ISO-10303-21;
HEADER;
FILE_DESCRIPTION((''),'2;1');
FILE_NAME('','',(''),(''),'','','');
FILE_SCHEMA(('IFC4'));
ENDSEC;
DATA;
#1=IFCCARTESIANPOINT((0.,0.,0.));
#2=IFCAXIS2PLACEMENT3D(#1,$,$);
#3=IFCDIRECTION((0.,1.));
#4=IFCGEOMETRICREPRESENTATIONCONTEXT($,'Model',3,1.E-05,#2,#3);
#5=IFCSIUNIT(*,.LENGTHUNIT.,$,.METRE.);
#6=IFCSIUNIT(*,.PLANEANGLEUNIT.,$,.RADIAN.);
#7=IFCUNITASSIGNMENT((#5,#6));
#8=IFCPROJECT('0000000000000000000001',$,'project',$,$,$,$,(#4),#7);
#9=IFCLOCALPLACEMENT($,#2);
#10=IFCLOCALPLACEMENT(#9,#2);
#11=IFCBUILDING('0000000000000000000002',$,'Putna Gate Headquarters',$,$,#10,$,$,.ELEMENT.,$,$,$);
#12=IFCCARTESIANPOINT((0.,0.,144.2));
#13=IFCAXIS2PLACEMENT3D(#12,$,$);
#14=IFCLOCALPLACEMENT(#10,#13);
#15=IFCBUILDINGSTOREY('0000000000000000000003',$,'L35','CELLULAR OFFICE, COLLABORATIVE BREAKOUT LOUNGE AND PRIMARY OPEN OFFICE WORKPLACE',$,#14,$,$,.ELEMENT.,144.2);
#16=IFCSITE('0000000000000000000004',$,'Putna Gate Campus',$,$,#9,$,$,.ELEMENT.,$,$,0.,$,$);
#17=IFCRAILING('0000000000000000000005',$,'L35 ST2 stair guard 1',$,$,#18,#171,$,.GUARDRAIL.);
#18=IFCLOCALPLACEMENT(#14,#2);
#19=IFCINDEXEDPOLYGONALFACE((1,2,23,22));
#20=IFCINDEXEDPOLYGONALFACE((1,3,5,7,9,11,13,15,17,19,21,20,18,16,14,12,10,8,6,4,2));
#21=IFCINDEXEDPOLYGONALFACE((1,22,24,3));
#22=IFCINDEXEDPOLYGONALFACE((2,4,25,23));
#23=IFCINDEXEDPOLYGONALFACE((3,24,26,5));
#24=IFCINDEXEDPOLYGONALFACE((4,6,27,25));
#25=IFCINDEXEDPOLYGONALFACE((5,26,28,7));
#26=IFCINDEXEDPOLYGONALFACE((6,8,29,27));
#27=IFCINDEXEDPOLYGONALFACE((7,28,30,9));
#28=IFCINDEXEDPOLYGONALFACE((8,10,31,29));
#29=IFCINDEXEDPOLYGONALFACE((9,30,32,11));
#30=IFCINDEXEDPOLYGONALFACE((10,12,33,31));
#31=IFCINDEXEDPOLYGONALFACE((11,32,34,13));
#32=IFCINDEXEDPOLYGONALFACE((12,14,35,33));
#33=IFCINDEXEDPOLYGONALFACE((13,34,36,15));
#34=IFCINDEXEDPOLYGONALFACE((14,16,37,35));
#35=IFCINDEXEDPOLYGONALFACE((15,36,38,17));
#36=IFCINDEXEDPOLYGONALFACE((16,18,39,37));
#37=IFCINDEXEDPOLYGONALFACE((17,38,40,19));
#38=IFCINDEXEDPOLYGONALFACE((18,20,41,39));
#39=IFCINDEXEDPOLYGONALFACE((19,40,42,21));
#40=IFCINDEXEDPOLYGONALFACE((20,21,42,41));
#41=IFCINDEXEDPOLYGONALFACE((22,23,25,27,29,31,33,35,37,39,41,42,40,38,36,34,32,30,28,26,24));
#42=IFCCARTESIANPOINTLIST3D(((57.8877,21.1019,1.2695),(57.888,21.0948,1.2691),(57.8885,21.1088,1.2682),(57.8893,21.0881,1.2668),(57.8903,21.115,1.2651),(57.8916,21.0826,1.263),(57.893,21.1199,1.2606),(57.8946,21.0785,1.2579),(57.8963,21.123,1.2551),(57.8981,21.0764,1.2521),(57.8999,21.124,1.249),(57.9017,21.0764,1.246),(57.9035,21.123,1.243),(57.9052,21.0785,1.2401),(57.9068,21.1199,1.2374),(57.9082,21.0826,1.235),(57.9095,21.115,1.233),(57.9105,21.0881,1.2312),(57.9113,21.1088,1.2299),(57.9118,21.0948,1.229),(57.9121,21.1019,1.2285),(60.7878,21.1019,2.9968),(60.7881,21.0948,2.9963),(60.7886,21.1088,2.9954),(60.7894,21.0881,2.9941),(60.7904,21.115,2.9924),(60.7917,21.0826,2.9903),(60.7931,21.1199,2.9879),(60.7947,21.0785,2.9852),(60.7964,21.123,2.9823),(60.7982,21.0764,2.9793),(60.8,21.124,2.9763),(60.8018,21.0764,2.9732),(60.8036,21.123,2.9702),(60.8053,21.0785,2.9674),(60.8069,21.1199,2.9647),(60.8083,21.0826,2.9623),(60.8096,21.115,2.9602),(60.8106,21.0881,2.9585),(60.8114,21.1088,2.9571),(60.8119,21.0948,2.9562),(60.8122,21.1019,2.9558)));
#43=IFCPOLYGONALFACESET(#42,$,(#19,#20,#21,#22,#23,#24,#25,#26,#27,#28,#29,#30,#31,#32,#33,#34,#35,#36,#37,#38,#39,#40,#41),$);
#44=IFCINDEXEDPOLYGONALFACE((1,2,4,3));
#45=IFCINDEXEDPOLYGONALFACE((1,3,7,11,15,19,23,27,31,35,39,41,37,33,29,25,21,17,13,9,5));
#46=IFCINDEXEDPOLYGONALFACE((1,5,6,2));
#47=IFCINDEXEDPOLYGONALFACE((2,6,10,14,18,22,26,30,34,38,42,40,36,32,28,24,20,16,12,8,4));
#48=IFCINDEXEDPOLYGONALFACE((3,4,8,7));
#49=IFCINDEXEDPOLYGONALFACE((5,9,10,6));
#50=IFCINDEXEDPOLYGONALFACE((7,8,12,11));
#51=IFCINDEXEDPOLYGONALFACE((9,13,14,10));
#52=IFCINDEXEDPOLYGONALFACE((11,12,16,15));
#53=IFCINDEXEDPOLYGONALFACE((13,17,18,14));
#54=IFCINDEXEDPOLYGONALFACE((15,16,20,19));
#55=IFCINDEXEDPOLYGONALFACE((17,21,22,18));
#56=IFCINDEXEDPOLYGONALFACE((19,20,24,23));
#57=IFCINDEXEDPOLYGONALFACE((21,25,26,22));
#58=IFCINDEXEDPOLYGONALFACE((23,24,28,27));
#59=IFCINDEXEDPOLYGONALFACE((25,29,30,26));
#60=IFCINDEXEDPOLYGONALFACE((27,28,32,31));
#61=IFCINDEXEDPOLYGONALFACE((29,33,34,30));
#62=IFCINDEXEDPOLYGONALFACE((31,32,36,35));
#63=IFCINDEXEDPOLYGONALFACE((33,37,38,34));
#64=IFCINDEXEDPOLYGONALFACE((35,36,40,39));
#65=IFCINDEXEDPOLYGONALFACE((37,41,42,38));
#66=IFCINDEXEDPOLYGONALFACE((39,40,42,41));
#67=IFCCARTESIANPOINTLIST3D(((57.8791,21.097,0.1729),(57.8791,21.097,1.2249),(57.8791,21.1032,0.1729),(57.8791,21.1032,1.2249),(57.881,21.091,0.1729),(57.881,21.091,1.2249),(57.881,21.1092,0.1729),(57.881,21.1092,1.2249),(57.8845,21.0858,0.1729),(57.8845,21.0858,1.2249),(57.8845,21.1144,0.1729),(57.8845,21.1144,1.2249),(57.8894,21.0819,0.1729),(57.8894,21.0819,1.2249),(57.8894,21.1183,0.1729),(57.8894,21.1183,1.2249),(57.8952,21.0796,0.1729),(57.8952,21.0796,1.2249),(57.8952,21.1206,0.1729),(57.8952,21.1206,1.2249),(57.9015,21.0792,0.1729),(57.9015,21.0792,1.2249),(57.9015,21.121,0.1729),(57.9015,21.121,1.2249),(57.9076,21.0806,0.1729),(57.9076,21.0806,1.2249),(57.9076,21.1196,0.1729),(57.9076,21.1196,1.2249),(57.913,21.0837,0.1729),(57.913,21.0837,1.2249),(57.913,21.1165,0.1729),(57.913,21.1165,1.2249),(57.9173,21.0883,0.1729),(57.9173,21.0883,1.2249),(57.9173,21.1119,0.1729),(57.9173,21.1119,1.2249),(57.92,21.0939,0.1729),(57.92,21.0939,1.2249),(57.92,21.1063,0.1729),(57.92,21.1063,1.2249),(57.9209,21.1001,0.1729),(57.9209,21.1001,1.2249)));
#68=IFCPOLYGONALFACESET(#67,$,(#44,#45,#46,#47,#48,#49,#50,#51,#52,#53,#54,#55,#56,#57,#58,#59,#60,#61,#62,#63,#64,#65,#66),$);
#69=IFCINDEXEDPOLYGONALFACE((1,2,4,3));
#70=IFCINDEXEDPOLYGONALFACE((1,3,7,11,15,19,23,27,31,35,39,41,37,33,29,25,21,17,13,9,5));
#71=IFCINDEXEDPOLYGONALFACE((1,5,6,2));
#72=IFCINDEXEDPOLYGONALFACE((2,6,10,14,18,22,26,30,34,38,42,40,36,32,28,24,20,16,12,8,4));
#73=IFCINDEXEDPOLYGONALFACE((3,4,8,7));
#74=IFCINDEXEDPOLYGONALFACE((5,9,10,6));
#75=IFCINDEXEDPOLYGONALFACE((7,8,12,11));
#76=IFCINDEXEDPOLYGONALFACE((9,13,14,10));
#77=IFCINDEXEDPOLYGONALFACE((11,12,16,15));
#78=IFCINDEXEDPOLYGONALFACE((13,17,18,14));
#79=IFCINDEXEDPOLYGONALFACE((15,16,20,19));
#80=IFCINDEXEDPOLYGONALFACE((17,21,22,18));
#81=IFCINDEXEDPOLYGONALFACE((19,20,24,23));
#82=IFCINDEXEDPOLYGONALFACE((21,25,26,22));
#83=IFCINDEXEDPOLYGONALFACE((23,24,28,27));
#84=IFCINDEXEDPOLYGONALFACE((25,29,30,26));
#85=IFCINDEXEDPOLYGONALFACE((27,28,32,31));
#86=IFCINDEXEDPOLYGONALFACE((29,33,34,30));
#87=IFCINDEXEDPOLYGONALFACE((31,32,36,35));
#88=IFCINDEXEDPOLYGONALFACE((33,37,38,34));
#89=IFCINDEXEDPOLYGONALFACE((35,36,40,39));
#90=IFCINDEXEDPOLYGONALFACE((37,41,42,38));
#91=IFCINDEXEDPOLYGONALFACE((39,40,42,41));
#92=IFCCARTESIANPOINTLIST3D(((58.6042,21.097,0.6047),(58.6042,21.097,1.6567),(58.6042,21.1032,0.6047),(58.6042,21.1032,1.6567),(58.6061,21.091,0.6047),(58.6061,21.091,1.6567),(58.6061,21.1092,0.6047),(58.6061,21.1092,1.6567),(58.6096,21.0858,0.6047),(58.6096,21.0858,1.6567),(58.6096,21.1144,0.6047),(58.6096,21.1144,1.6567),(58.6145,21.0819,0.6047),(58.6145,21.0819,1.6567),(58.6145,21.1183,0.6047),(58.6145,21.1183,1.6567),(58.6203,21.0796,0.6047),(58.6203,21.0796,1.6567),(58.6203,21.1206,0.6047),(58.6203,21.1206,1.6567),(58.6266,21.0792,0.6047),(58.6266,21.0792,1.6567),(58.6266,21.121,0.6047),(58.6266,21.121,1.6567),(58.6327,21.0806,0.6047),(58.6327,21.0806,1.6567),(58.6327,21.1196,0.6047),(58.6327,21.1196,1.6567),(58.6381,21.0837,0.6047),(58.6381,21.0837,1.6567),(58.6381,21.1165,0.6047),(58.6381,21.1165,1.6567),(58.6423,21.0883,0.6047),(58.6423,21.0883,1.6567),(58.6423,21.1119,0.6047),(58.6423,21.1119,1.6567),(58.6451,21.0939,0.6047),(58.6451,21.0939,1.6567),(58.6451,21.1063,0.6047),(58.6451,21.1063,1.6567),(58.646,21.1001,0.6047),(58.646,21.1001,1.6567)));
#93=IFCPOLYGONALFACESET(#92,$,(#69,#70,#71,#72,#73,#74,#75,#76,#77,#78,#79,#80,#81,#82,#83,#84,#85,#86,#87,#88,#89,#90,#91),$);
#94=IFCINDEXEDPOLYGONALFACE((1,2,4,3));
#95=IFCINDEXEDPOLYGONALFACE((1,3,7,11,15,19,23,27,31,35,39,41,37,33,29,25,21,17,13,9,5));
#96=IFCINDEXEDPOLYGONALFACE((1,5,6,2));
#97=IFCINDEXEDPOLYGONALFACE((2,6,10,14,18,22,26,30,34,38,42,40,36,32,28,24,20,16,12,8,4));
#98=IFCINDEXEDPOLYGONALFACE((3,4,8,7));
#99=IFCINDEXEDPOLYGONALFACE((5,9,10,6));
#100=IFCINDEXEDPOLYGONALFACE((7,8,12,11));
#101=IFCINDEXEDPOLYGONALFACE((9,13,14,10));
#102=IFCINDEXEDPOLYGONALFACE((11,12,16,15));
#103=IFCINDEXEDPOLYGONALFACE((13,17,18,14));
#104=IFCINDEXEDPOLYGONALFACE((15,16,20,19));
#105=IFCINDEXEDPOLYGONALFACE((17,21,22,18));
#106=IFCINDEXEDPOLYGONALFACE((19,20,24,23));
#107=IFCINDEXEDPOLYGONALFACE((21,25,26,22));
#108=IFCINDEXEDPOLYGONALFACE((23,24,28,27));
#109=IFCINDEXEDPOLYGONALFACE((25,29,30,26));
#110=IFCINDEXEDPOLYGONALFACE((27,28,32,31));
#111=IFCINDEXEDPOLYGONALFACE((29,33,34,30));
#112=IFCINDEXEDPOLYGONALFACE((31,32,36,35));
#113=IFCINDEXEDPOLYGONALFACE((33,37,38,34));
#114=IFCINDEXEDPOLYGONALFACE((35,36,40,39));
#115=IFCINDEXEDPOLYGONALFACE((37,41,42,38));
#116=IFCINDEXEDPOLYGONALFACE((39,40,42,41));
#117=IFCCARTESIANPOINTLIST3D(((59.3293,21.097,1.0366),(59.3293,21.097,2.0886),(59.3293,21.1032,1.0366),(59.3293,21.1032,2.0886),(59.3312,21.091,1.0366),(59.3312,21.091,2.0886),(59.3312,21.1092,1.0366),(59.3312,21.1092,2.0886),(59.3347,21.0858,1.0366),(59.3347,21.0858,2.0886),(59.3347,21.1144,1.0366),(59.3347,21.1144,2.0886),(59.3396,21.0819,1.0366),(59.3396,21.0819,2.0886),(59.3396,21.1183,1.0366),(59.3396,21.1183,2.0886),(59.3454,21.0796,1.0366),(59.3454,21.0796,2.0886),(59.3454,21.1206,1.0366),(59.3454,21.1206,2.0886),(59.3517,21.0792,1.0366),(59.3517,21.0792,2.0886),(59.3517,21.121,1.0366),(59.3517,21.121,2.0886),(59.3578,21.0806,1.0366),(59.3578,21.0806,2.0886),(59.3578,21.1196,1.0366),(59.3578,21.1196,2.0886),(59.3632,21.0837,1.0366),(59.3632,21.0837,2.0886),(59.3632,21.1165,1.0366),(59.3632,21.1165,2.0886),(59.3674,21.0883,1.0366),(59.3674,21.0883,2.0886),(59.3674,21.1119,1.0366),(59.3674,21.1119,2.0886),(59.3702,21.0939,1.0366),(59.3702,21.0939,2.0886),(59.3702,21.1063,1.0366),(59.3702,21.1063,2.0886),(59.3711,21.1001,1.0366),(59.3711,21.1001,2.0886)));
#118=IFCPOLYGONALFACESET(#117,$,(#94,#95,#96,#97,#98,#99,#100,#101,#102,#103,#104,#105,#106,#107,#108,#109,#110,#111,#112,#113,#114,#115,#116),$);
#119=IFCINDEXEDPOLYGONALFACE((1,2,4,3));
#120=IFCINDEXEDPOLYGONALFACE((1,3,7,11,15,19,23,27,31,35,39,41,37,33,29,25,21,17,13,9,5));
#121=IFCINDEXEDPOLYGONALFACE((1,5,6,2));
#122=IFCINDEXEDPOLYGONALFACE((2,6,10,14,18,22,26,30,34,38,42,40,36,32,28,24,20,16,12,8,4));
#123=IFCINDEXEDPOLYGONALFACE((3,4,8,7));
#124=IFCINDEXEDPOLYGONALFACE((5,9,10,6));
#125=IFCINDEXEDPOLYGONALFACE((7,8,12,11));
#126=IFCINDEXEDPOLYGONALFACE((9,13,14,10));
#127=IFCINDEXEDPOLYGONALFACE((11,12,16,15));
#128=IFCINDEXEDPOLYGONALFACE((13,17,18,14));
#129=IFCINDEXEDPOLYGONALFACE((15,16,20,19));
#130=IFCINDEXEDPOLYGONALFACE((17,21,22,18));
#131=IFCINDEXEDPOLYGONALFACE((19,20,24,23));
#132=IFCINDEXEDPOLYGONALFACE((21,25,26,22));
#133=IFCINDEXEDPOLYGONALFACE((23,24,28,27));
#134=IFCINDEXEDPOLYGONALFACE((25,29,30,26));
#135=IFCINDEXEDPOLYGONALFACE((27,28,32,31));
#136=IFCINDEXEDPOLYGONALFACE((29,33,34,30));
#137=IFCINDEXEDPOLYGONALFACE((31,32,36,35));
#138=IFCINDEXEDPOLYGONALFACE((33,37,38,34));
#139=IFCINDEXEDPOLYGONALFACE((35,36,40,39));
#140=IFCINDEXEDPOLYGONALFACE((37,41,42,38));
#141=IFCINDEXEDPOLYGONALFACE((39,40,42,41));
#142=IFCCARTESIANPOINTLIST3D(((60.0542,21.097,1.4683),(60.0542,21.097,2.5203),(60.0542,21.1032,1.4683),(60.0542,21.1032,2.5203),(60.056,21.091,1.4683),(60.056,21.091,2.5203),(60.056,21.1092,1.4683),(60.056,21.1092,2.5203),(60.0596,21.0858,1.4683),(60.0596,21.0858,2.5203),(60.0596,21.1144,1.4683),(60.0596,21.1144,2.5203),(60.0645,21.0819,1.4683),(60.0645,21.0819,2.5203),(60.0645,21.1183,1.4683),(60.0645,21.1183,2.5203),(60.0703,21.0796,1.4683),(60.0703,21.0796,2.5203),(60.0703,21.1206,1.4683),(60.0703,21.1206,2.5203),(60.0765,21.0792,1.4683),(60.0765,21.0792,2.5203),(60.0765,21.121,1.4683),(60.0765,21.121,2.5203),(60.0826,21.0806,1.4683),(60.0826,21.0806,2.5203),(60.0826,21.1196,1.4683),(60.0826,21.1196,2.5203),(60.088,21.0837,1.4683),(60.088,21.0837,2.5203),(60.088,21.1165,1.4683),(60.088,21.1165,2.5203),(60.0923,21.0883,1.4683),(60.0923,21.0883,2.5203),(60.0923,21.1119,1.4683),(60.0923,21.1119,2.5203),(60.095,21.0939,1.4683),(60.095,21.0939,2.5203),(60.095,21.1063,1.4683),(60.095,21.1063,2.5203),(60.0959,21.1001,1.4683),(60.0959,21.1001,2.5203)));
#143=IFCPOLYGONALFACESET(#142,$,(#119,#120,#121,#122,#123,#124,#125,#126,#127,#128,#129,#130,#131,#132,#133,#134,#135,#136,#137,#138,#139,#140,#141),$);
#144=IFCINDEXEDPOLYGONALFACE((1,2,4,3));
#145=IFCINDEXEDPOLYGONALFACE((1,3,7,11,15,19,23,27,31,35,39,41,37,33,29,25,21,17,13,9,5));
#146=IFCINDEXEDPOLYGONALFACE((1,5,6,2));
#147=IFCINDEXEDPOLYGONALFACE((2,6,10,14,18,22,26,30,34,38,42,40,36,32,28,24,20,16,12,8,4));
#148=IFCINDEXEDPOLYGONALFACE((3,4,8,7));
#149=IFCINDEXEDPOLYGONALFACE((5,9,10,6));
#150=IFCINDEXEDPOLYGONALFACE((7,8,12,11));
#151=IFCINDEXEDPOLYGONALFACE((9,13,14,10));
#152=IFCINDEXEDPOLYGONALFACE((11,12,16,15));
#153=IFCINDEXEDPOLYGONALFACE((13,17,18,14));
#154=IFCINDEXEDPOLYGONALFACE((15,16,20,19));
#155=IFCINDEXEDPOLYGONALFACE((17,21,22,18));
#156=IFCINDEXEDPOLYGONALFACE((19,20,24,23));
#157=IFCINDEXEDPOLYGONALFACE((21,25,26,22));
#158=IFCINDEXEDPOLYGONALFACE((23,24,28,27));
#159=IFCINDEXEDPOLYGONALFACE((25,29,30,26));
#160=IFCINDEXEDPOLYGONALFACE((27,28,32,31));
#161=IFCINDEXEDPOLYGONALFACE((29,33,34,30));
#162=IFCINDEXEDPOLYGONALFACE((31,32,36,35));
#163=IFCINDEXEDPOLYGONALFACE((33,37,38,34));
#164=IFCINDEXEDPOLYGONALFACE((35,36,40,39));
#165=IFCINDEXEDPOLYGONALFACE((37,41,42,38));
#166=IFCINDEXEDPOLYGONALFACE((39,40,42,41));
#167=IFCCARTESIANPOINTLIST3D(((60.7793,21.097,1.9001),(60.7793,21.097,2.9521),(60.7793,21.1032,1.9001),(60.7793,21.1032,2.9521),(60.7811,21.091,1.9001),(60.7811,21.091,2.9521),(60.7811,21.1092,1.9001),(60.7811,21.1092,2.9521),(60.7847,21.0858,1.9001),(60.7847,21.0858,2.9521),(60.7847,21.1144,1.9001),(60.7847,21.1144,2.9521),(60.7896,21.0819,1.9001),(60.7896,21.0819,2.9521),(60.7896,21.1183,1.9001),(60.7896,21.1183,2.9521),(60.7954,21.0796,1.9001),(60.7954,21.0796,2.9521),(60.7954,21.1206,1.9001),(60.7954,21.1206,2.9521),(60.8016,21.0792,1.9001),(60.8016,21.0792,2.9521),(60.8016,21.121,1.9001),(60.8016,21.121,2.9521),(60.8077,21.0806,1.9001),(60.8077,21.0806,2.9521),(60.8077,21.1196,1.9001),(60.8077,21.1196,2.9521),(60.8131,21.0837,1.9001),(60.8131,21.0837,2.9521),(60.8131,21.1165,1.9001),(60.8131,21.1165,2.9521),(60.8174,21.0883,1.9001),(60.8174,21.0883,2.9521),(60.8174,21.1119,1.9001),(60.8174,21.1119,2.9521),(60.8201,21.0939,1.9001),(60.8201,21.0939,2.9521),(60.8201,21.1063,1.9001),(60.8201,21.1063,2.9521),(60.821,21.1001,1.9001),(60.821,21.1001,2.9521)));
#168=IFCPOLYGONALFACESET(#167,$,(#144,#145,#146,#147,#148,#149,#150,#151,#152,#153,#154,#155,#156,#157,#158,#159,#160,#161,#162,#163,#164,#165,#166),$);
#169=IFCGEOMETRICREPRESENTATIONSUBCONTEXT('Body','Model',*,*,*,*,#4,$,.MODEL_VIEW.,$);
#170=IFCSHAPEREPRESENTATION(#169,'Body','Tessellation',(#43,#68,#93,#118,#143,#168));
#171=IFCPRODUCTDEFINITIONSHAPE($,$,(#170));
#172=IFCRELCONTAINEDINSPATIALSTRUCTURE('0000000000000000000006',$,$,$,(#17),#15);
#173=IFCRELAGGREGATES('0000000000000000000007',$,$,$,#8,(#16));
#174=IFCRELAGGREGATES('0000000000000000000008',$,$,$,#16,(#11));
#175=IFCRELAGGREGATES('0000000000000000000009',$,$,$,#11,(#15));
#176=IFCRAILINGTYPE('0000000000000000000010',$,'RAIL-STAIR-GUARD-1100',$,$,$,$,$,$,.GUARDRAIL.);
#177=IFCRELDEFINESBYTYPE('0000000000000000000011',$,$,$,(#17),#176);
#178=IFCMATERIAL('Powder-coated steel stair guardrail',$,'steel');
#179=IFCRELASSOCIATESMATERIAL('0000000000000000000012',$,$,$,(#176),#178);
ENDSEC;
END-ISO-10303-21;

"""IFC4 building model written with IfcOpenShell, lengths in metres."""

from ifc_helpers import new_model, si_unit, direction, frame, origin, origin_2d, place, context, subcontext, project, spatial, circle, extrude, material, type_object, element, save


model = new_model("IFC4")

# Units and contexts
model_context = context("Model", 3, precision=1e-05, world=origin(), true_north=direction((0.0, 1.0)))
body_context = subcontext(model_context, "Body", "Model", "MODEL_VIEW")
ifc_project = project(units=[si_unit("LENGTHUNIT", "METRE"), si_unit("PLANEANGLEUNIT", "RADIAN")], contexts=[model_context])

# Site, building, storey
site_placement = place(None, origin())
site = spatial("IfcSite", under=ifc_project, at=site_placement, Name="Putna Gate Campus", CompositionType="ELEMENT", RefElevation=0.0)
building_placement = place(site_placement, origin())
building = spatial("IfcBuilding", under=site, at=building_placement, Name="Putna Gate Headquarters", CompositionType="ELEMENT")
storey_placement = place(building_placement, frame((0.0, 0.0, 144.2)))
storey = spatial("IfcBuildingStorey", under=building, at=storey_placement, Name="L35", Description="CELLULAR OFFICE, COLLABORATIVE BREAKOUT LOUNGE AND PRIMARY OPEN OFFICE WORKPLACE", CompositionType="ELEMENT", Elevation=144.2)

# Railing
ifc_material_1 = material(Name="Powder-coated steel stair guardrail", Category="steel")
railing_type_1 = type_object("IfcRailingType", Name="RAIL-STAIR-GUARD-1100", PredefinedType="GUARDRAIL", material=ifc_material_1)
railing_1_placement = place(storey_placement, frame((57.8999, 21.1001, 0.1729)))
element("IfcRailing", 1, at=railing_1_placement, inside=storey, type_object=railing_type_1, Name="L35 ST2 stair guard 1", PredefinedType="GUARDRAIL", context=body_context, shape_type="SweptSolid", body=[
    extrude(circle(Radius=0.0239, at=origin_2d()), frame((0.0, 0.0, 1.0762), z_axis=(0.85916, 0.0, 0.511706), x_axis=(0.0, 1.0, 0.0)), (0.0, 0.0, 1.0), 3.3755),
    extrude(circle(Radius=0.021, at=origin_2d()), origin(), (0.0, 0.0, 1.0), 1.052),
    extrude(circle(Radius=0.021, at=origin_2d()), frame((0.7251, 0.0, 0.4319)), (0.0, 0.0, 1.0), 1.052),
    extrude(circle(Radius=0.021, at=origin_2d()), frame((1.4502, 0.0, 0.8638)), (0.0, 0.0, 1.0), 1.052),
    extrude(circle(Radius=0.021, at=origin_2d()), frame((2.175, 0.0, 1.2954)), (0.0, 0.0, 1.0), 1.052),
    extrude(circle(Radius=0.021, at=origin_2d()), frame((2.9001, 0.0, 1.7273)), (0.0, 0.0, 1.0), 1.052),
])

save(model, "model.ifc")
